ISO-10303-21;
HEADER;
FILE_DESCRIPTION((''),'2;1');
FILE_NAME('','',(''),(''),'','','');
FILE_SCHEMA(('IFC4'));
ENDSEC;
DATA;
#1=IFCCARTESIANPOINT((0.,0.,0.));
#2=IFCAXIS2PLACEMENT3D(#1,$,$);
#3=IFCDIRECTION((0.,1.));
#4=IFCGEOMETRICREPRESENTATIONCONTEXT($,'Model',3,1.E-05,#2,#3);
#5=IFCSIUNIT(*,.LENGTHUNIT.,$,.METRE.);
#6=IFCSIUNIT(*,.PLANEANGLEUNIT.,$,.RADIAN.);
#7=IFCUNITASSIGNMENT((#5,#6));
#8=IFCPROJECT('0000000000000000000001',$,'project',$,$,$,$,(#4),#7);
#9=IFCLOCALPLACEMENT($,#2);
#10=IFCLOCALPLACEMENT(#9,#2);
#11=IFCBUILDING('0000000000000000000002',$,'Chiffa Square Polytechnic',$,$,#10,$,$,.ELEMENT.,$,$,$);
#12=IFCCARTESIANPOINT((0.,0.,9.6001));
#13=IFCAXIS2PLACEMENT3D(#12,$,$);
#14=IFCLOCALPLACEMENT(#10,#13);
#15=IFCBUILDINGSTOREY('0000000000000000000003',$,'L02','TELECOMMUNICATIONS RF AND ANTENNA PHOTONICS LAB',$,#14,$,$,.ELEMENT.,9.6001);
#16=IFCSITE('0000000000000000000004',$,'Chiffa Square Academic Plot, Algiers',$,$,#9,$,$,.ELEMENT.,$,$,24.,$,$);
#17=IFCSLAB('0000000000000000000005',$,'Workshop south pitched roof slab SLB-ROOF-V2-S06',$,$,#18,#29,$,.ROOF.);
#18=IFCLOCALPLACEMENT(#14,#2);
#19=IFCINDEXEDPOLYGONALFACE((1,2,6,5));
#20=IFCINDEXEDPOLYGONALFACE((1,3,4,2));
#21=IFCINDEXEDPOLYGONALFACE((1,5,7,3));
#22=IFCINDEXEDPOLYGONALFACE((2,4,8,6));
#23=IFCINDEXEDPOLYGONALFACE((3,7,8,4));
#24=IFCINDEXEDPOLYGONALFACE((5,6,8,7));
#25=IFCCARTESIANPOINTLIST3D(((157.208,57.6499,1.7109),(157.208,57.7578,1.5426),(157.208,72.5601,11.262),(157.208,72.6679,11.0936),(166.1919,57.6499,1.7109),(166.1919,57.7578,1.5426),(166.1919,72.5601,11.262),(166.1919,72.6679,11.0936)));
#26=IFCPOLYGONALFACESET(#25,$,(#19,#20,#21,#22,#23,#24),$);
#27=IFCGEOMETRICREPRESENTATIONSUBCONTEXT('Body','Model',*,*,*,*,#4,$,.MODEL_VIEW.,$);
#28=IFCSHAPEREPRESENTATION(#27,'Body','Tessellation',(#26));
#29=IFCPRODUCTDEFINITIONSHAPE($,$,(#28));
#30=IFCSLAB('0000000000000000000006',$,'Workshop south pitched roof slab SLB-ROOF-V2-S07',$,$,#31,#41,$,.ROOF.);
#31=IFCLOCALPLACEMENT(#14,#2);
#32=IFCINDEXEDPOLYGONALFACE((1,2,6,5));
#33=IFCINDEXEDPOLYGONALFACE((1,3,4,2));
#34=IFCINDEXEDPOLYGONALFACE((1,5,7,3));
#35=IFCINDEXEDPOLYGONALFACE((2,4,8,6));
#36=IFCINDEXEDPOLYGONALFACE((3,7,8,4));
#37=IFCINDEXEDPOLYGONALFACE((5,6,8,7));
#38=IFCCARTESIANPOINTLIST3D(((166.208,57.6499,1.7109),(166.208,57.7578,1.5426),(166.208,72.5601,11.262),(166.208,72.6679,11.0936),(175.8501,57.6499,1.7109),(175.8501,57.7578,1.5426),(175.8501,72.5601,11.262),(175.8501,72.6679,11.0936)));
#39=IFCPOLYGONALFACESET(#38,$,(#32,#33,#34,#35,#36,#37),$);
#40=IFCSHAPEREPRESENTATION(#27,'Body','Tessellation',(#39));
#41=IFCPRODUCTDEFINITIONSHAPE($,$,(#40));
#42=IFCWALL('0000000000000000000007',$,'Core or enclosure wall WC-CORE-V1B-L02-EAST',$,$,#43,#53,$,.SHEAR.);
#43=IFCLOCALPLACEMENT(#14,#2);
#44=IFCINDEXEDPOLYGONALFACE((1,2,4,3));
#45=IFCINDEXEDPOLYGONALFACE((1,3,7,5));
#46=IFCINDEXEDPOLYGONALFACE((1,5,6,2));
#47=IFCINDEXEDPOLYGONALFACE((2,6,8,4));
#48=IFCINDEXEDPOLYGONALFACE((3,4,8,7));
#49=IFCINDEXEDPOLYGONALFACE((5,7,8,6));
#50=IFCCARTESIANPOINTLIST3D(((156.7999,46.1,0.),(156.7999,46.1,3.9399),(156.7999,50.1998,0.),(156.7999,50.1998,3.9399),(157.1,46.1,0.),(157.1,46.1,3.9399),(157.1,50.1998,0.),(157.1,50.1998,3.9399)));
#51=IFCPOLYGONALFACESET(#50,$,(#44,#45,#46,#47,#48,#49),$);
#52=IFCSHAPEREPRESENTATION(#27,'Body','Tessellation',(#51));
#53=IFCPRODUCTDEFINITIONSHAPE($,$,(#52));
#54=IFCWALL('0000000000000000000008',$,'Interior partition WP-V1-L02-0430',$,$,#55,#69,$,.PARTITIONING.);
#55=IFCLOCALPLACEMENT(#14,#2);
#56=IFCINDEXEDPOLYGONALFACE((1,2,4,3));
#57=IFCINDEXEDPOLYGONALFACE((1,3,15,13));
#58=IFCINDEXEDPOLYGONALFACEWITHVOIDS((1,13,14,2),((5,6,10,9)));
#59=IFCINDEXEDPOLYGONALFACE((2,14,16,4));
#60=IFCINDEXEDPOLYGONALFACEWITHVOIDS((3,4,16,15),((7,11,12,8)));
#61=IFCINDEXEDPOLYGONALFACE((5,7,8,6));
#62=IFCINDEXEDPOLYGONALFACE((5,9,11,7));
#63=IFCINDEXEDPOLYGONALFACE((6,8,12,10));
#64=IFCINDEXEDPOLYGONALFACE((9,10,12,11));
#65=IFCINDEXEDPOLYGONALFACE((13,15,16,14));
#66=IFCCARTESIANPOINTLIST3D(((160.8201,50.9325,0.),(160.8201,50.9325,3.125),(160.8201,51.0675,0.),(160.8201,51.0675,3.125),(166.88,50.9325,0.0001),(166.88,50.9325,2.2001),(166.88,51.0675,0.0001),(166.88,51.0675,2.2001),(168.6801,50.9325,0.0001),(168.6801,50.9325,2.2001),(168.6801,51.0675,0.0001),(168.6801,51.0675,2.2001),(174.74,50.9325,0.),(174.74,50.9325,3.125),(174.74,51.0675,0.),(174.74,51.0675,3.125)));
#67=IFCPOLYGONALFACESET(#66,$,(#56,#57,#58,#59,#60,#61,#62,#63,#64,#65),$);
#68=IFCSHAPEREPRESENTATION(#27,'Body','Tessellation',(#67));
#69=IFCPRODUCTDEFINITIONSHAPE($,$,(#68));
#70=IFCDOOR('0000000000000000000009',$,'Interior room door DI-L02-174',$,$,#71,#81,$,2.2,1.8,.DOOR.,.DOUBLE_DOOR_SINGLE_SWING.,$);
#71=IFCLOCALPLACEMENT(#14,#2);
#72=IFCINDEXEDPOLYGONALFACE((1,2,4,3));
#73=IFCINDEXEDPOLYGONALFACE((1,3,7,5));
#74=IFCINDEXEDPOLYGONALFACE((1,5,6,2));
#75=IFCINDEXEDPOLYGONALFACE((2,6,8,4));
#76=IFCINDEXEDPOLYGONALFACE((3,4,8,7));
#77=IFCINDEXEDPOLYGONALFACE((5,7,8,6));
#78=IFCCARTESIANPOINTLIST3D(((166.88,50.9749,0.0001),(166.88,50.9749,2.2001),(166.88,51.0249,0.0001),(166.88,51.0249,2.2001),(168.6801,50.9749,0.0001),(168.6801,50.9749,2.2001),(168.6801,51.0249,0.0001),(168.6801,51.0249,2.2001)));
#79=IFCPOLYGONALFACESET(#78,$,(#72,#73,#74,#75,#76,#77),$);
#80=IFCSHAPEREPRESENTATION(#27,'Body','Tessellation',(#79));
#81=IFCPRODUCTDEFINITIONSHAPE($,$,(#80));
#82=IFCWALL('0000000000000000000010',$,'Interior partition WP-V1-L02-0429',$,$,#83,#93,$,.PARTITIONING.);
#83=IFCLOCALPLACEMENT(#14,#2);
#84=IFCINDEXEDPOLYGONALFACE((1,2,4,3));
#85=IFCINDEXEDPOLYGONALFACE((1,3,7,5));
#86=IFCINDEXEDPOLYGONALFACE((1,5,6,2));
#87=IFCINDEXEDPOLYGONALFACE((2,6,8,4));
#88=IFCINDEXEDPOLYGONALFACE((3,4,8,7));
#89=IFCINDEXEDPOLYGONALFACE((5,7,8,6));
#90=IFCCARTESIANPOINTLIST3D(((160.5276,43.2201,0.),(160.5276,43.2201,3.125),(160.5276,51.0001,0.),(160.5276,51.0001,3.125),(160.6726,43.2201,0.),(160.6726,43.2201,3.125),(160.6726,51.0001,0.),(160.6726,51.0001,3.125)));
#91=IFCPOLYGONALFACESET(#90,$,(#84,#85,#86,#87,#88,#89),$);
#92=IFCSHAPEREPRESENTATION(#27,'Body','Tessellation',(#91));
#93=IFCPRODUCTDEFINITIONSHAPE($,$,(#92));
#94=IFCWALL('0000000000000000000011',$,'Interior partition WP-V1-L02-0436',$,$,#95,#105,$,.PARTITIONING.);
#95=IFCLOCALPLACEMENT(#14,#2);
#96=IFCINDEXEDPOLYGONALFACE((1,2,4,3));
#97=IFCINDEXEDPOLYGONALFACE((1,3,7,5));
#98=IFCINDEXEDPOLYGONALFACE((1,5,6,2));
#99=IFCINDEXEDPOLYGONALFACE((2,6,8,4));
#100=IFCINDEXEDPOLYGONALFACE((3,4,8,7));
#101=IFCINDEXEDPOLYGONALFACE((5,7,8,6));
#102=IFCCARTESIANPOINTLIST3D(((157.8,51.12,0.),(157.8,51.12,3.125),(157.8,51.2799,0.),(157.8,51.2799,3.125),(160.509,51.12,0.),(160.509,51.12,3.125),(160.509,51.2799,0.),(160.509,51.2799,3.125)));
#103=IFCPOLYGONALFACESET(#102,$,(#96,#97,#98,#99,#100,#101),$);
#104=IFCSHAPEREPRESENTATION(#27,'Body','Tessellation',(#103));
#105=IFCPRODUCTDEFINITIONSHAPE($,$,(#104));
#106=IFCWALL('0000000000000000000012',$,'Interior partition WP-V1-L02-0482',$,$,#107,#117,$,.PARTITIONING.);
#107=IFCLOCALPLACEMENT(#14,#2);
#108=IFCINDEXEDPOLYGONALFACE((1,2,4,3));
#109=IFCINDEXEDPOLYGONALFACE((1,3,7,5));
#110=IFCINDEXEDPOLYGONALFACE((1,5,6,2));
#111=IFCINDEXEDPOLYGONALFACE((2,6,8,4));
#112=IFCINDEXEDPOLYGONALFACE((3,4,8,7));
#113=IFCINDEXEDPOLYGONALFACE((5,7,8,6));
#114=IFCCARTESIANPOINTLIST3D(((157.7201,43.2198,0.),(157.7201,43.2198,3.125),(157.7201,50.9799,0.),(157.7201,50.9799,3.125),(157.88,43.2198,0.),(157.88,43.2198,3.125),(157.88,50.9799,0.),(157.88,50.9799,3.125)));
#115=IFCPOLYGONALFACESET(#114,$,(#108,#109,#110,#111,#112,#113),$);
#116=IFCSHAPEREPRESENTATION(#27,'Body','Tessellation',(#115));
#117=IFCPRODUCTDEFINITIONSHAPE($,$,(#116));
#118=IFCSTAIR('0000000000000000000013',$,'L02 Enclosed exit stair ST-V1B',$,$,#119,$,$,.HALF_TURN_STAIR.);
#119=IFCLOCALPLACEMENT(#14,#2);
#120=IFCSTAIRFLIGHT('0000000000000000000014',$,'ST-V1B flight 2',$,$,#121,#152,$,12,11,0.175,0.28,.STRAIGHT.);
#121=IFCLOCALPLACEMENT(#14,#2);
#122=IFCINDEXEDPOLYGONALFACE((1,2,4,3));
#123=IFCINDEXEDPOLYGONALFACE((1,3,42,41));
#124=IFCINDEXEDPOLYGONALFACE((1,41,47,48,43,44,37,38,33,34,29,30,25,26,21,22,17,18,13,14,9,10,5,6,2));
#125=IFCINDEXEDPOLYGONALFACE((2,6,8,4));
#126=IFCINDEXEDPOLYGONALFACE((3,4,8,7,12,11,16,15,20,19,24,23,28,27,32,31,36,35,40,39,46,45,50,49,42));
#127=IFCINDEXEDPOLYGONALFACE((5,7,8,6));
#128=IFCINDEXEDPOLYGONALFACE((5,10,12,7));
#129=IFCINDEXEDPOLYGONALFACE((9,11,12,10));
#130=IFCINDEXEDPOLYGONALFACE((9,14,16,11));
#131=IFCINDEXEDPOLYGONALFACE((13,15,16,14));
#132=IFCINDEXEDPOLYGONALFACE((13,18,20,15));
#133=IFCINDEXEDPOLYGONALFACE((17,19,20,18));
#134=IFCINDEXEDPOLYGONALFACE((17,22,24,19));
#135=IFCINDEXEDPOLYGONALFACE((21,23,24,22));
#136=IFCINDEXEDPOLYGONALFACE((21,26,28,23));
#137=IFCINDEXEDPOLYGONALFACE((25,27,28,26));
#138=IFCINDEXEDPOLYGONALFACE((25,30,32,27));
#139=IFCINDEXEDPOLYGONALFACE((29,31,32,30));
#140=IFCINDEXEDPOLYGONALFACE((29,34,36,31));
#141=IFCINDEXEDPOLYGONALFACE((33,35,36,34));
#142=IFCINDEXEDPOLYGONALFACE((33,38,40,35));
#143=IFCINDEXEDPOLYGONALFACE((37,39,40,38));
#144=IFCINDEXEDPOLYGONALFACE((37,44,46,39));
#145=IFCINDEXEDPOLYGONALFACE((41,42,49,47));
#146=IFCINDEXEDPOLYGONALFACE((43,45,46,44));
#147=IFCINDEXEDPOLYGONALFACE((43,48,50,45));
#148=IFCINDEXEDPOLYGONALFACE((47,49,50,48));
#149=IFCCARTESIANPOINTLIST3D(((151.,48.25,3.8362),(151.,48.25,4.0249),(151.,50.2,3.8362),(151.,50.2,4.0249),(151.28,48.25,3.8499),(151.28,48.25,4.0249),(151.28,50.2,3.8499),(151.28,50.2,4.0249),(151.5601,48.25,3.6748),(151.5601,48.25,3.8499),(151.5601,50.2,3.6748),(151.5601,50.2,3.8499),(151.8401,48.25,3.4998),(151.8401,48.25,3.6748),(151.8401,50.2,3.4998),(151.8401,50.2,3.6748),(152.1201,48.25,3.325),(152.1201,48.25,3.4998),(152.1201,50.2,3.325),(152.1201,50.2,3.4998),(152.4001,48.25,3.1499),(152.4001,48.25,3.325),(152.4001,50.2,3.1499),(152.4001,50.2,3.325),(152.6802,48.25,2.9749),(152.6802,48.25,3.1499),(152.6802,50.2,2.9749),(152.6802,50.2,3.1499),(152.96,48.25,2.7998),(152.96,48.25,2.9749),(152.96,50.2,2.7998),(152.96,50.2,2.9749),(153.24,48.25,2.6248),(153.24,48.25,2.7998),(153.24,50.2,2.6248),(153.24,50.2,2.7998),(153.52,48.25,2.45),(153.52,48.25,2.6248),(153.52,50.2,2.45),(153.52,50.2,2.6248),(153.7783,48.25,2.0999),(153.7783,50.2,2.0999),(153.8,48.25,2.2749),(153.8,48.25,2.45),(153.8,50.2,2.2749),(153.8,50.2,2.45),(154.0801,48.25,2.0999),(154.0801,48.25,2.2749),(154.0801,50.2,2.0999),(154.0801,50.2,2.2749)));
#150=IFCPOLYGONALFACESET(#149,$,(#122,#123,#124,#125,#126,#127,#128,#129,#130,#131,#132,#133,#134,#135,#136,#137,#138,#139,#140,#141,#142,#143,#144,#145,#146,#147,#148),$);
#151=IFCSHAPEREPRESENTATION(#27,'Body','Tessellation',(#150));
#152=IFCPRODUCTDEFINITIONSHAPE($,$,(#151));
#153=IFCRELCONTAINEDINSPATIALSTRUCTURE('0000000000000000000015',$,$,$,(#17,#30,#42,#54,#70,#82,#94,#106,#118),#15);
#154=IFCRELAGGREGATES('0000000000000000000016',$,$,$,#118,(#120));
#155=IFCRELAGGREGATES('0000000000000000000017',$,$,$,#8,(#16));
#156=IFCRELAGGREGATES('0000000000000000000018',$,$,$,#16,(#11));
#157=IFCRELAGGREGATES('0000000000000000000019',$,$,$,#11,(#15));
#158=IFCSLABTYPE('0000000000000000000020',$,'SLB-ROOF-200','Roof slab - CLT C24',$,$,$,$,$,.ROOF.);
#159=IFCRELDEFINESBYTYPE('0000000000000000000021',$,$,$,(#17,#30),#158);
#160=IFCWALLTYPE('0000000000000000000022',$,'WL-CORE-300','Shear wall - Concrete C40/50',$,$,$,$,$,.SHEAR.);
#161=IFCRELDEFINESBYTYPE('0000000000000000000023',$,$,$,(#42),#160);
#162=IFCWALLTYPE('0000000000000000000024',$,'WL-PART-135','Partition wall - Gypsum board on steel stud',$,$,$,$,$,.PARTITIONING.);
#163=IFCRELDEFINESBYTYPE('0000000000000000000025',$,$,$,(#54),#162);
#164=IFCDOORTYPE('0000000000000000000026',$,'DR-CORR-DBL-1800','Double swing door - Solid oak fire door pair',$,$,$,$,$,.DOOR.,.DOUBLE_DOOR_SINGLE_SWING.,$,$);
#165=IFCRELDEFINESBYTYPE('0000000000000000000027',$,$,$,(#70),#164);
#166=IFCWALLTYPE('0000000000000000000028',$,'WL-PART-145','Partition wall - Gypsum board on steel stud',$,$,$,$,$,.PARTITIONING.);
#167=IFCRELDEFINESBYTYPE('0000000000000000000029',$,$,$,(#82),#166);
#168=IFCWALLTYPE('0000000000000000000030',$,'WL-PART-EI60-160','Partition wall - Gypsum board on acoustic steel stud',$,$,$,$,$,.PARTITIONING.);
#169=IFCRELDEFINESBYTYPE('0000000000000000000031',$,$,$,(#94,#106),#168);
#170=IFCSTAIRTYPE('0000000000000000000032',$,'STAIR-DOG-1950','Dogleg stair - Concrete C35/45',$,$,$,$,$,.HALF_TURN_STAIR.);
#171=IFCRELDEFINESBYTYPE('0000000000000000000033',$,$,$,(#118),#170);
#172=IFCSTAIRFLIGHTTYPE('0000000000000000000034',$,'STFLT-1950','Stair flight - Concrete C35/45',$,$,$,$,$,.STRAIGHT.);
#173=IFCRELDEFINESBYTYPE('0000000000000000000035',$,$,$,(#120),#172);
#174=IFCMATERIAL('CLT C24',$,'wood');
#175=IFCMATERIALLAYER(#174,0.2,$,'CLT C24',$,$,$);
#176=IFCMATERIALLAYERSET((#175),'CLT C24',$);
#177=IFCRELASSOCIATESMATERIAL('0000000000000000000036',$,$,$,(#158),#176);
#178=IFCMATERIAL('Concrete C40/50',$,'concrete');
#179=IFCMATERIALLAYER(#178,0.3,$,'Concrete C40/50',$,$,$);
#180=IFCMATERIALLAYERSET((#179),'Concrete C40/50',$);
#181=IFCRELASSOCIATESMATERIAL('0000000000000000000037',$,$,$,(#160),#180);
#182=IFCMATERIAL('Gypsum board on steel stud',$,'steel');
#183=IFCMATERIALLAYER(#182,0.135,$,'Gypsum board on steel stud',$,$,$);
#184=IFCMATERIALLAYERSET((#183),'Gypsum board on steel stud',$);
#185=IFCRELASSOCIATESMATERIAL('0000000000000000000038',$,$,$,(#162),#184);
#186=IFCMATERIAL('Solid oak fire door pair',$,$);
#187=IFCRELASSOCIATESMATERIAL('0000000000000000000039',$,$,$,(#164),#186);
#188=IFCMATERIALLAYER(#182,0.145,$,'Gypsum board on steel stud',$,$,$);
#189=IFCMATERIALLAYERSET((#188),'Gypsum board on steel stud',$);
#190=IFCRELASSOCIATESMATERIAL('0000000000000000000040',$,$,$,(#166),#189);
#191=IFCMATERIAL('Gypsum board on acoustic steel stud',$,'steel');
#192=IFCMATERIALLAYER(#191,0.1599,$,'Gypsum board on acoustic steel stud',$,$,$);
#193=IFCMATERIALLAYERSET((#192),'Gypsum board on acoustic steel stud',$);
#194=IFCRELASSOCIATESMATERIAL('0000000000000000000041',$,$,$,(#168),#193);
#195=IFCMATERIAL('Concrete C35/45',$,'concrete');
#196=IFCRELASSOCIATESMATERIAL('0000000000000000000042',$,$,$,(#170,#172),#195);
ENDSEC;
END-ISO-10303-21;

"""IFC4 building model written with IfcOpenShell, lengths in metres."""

from ifc_helpers import new_model, si_unit, direction, frame, frame_2d, origin, place, context, subcontext, project, spatial, polyline, rectangle, outline, extrude, material, layer, layer_set, type_object, element, fill, aggregate, save


model = new_model("IFC4")

# Units and contexts
model_context = context("Model", 3, precision=1e-05, world=origin(), true_north=direction((0.0, 1.0)))
body_context = subcontext(model_context, "Body", "Model", "MODEL_VIEW")
ifc_project = project(units=[si_unit("LENGTHUNIT", "METRE"), si_unit("PLANEANGLEUNIT", "RADIAN")], contexts=[model_context])

# Site, building, storey
site_placement = place(None, origin())
site = spatial("IfcSite", under=ifc_project, at=site_placement, Name="Chiffa Square Academic Plot, Algiers", CompositionType="ELEMENT", RefElevation=24.0)
building_placement = place(site_placement, origin())
building = spatial("IfcBuilding", under=site, at=building_placement, Name="Chiffa Square Polytechnic", CompositionType="ELEMENT")
storey_placement = place(building_placement, frame((0.0, 0.0, 9.6001)))
storey = spatial("IfcBuildingStorey", under=building, at=storey_placement, Name="L02", Description="TELECOMMUNICATIONS RF AND ANTENNA PHOTONICS LAB", CompositionType="ELEMENT", Elevation=9.6001)

# Shared definitions
ifc_material_1 = material(Name="Concrete C40/50", Category="concrete")

# Shared definitions
ifc_material_2 = material(Name="Concrete C35/45", Category="concrete")

# Slabs
ifc_material_3 = material(Name="CLT C24", Category="wood")
ifc_layer_1 = layer(ifc_material_3, 0.2, Name="CLT C24")
ifc_layer_set_1 = layer_set([ifc_layer_1], Name="CLT C24")
slab_type = type_object("IfcSlabType", Name="SLB-ROOF-200", Description="Roof slab - CLT C24", PredefinedType="ROOF", material=ifc_layer_set_1)
slab_1_placement = place(storey_placement, frame((157.208, 57.6499, 1.7109), z_axis=(0.0, -0.539395, 0.842053), x_axis=(1.0, 0.0, 0.0)))
element("IfcSlab", 1, at=slab_1_placement, inside=storey, type_object=slab_type, Name="Workshop south pitched roof slab SLB-ROOF-V2-S06", PredefinedType="ROOF", context=body_context, shape_type="SweptSolid", body=[
    extrude(outline(polyline([(0.0, 0.0), (8.9839, 0.0), (8.9839, 17.7069), (0.0, 17.7069), (0.0, 0.0)])), origin(), (0.0, 0.0, -1.0), 0.2),
])
slab_2_placement = place(storey_placement, frame((166.208, 57.6499, 1.7109), z_axis=(0.0, -0.539395, 0.842053), x_axis=(1.0, 0.0, 0.0)))
element("IfcSlab", 2, at=slab_2_placement, inside=storey, type_object=slab_type, Name="Workshop south pitched roof slab SLB-ROOF-V2-S07", PredefinedType="ROOF", context=body_context, shape_type="SweptSolid", body=[
    extrude(outline(polyline([(0.0, 0.0), (9.6421, 0.0), (9.6421, 17.7069), (0.0, 17.7069), (0.0, 0.0)])), origin(), (0.0, 0.0, -1.0), 0.2),
])

# Wall
ifc_layer_2 = layer(ifc_material_1, 0.3, Name="Concrete C40/50")
ifc_layer_set_2 = layer_set([ifc_layer_2], Name="Concrete C40/50")
wall_type_1 = type_object("IfcWallType", Name="WL-CORE-300", Description="Shear wall - Concrete C40/50", PredefinedType="SHEAR", material=ifc_layer_set_2)
wall_1_placement = place(storey_placement, frame((156.95, 46.1001, 0.0), z_axis=(0.0, 0.0, 1.0), x_axis=(0.0, 1.0, 0.0)))
element("IfcWall", 3, at=wall_1_placement, inside=storey, type_object=wall_type_1, Name="Core or enclosure wall WC-CORE-V1B-L02-EAST", PredefinedType="SHEAR", context=body_context, shape_type="SweptSolid", body=[
    extrude(rectangle(XDim=4.0999, YDim=0.3, at=frame_2d((2.0498, 0.0))), origin(), (0.0, 0.0, 1.0), 3.9399),
])

# Wall, opening, door
ifc_material_4 = material(Name="Gypsum board on steel stud", Category="steel")
ifc_layer_3 = layer(ifc_material_4, 0.135, Name="Gypsum board on steel stud")
ifc_layer_set_3 = layer_set([ifc_layer_3], Name="Gypsum board on steel stud")
wall_type_2 = type_object("IfcWallType", Name="WL-PART-135", Description="Partition wall - Gypsum board on steel stud", PredefinedType="PARTITIONING", material=ifc_layer_set_3)
wall_2_placement = place(storey_placement, frame((160.8201, 51.0, 0.0), z_axis=(0.0, 0.0, 1.0), x_axis=(1.0, 0.0, 0.0)))
wall_2 = element("IfcWall", 4, at=wall_2_placement, inside=storey, type_object=wall_type_2, Name="Interior partition WP-V1-L02-0430", PredefinedType="PARTITIONING", context=body_context, shape_type="SweptSolid", body=[
    extrude(rectangle(XDim=13.9199, YDim=0.135, at=frame_2d((6.96, 0.0))), origin(), (0.0, 0.0, 1.0), 3.125),
])
opening_placement = place(wall_2_placement, frame((6.0601, 0.0, 0.0)))
opening = element("IfcOpeningElement", 5, at=opening_placement, cuts=wall_2, PredefinedType="OPENING", context=body_context, shape_type="SweptSolid", body=[
    extrude(rectangle(XDim=1.8, YDim=2.2, at=frame_2d((0.8999, 1.1001))), frame((0.0, 0.0776, 0.0), z_axis=(0.0, -1.0, 0.0), x_axis=(1.0, 0.0, 0.0)), (0.0, 0.0, 1.0), 0.155),
])
ifc_material_5 = material(Name="Solid oak fire door pair")
door_type = type_object("IfcDoorType", Name="DR-CORR-DBL-1800", Description="Double swing door - Solid oak fire door pair", OperationType="DOUBLE_DOOR_SINGLE_SWING", PredefinedType="DOOR", material=ifc_material_5)
door_placement = place(opening_placement, origin())
door = element("IfcDoor", 6, at=door_placement, inside=storey, type_object=door_type, Name="Interior room door DI-L02-174", OperationType="DOUBLE_DOOR_SINGLE_SWING", OverallHeight=2.2, OverallWidth=1.8, PredefinedType="DOOR", context=body_context, shape_type="SweptSolid", body=[
    extrude(rectangle(XDim=1.8, YDim=2.2, at=frame_2d((0.8999, 1.1001))), frame((0.0, 0.0249, 0.0), z_axis=(0.0, -1.0, 0.0), x_axis=(1.0, 0.0, 0.0)), (0.0, 0.0, 1.0), 0.05),
])
fill(opening, door)

# Walls
ifc_layer_4 = layer(ifc_material_4, 0.145, Name="Gypsum board on steel stud")
ifc_layer_set_4 = layer_set([ifc_layer_4], Name="Gypsum board on steel stud")
wall_type_3 = type_object("IfcWallType", Name="WL-PART-145", Description="Partition wall - Gypsum board on steel stud", PredefinedType="PARTITIONING", material=ifc_layer_set_4)
wall_3_placement = place(storey_placement, frame((160.6001, 43.22, 0.0), z_axis=(0.0, 0.0, 1.0), x_axis=(0.0, 1.0, 0.0)))
element("IfcWall", 7, at=wall_3_placement, inside=storey, type_object=wall_type_3, Name="Interior partition WP-V1-L02-0429", PredefinedType="PARTITIONING", context=body_context, shape_type="SweptSolid", body=[
    extrude(rectangle(XDim=7.78, YDim=0.145, at=frame_2d((3.8901, 0.0))), origin(), (0.0, 0.0, 1.0), 3.125),
])
ifc_material_6 = material(Name="Gypsum board on acoustic steel stud", Category="steel")
ifc_layer_5 = layer(ifc_material_6, 0.1599, Name="Gypsum board on acoustic steel stud")
ifc_layer_set_5 = layer_set([ifc_layer_5], Name="Gypsum board on acoustic steel stud")
wall_type_4 = type_object("IfcWallType", Name="WL-PART-EI60-160", Description="Partition wall - Gypsum board on acoustic steel stud", PredefinedType="PARTITIONING", material=ifc_layer_set_5)
wall_4_placement = place(storey_placement, frame((157.8, 51.2, 0.0), z_axis=(0.0, 0.0, 1.0), x_axis=(1.0, 0.0, 0.0)))
element("IfcWall", 8, at=wall_4_placement, inside=storey, type_object=wall_type_4, Name="Interior partition WP-V1-L02-0436", PredefinedType="PARTITIONING", context=body_context, shape_type="SweptSolid", body=[
    extrude(rectangle(XDim=2.709, YDim=0.1599, at=frame_2d((1.3545, 0.0))), origin(), (0.0, 0.0, 1.0), 3.125),
])
wall_5_placement = place(storey_placement, frame((157.8, 43.22, 0.0), z_axis=(0.0, 0.0, 1.0), x_axis=(0.0, 1.0, 0.0)))
element("IfcWall", 9, at=wall_5_placement, inside=storey, type_object=wall_type_4, Name="Interior partition WP-V1-L02-0482", PredefinedType="PARTITIONING", context=body_context, shape_type="SweptSolid", body=[
    extrude(rectangle(XDim=7.76, YDim=0.1599, at=frame_2d((3.8799, 0.0))), origin(), (0.0, 0.0, 1.0), 3.125),
])

# Stair, stair flight
stair_type = type_object("IfcStairType", Name="STAIR-DOG-1950", Description="Dogleg stair - Concrete C35/45", PredefinedType="HALF_TURN_STAIR", material=ifc_material_2)
stair_placement = place(storey_placement, origin())
stair = element("IfcStair", 10, at=stair_placement, inside=storey, type_object=stair_type, Name="L02 Enclosed exit stair ST-V1B", PredefinedType="HALF_TURN_STAIR")
stair_flight_type = type_object("IfcStairFlightType", Name="STFLT-1950", Description="Stair flight - Concrete C35/45", PredefinedType="STRAIGHT", material=ifc_material_2)
stair_flight_placement = place(storey_placement, frame((154.0801, 49.2251, 2.0999), z_axis=(0.0, 0.0, 1.0), x_axis=(-1.0, 0.0, 0.0)))
stair_flight = element("IfcStairFlight", 11, at=stair_flight_placement, type_object=stair_flight_type, Name="ST-V1B flight 2", NumberOfRisers=12, NumberOfTreads=11, PredefinedType="STRAIGHT", RiserHeight=0.175, TreadLength=0.28, context=body_context, shape_type="SweptSolid", body=[
    extrude(outline(polyline([(0.0, 0.0), (0.0, 0.175), (0.28, 0.175), (0.28, 0.3501), (0.5601, 0.3501), (0.5601, 0.5249), (0.8401, 0.5249), (0.8401, 0.7), (1.1201, 0.7), (1.1201, 0.875), (1.3999, 0.875), (1.3999, 1.05), (1.6799, 1.05), (1.6799, 1.2251), (1.96, 1.2251), (1.96, 1.3999), (2.24, 1.3999), (2.24, 1.575), (2.52, 1.575), (2.52, 1.75), (2.8, 1.75), (2.8, 1.925), (3.0801, 1.925), (3.0801, 2.1001), (3.0801, 1.7363), (0.3018, 0.0), (0.0, 0.0)])), frame((0.0, 0.9751, 0.0), z_axis=(0.0, -1.0, 0.0), x_axis=(1.0, 0.0, 0.0)), (0.0, 0.0, 1.0), 1.95),
])
aggregate(stair, [stair_flight])

save(model, "model.ifc")
